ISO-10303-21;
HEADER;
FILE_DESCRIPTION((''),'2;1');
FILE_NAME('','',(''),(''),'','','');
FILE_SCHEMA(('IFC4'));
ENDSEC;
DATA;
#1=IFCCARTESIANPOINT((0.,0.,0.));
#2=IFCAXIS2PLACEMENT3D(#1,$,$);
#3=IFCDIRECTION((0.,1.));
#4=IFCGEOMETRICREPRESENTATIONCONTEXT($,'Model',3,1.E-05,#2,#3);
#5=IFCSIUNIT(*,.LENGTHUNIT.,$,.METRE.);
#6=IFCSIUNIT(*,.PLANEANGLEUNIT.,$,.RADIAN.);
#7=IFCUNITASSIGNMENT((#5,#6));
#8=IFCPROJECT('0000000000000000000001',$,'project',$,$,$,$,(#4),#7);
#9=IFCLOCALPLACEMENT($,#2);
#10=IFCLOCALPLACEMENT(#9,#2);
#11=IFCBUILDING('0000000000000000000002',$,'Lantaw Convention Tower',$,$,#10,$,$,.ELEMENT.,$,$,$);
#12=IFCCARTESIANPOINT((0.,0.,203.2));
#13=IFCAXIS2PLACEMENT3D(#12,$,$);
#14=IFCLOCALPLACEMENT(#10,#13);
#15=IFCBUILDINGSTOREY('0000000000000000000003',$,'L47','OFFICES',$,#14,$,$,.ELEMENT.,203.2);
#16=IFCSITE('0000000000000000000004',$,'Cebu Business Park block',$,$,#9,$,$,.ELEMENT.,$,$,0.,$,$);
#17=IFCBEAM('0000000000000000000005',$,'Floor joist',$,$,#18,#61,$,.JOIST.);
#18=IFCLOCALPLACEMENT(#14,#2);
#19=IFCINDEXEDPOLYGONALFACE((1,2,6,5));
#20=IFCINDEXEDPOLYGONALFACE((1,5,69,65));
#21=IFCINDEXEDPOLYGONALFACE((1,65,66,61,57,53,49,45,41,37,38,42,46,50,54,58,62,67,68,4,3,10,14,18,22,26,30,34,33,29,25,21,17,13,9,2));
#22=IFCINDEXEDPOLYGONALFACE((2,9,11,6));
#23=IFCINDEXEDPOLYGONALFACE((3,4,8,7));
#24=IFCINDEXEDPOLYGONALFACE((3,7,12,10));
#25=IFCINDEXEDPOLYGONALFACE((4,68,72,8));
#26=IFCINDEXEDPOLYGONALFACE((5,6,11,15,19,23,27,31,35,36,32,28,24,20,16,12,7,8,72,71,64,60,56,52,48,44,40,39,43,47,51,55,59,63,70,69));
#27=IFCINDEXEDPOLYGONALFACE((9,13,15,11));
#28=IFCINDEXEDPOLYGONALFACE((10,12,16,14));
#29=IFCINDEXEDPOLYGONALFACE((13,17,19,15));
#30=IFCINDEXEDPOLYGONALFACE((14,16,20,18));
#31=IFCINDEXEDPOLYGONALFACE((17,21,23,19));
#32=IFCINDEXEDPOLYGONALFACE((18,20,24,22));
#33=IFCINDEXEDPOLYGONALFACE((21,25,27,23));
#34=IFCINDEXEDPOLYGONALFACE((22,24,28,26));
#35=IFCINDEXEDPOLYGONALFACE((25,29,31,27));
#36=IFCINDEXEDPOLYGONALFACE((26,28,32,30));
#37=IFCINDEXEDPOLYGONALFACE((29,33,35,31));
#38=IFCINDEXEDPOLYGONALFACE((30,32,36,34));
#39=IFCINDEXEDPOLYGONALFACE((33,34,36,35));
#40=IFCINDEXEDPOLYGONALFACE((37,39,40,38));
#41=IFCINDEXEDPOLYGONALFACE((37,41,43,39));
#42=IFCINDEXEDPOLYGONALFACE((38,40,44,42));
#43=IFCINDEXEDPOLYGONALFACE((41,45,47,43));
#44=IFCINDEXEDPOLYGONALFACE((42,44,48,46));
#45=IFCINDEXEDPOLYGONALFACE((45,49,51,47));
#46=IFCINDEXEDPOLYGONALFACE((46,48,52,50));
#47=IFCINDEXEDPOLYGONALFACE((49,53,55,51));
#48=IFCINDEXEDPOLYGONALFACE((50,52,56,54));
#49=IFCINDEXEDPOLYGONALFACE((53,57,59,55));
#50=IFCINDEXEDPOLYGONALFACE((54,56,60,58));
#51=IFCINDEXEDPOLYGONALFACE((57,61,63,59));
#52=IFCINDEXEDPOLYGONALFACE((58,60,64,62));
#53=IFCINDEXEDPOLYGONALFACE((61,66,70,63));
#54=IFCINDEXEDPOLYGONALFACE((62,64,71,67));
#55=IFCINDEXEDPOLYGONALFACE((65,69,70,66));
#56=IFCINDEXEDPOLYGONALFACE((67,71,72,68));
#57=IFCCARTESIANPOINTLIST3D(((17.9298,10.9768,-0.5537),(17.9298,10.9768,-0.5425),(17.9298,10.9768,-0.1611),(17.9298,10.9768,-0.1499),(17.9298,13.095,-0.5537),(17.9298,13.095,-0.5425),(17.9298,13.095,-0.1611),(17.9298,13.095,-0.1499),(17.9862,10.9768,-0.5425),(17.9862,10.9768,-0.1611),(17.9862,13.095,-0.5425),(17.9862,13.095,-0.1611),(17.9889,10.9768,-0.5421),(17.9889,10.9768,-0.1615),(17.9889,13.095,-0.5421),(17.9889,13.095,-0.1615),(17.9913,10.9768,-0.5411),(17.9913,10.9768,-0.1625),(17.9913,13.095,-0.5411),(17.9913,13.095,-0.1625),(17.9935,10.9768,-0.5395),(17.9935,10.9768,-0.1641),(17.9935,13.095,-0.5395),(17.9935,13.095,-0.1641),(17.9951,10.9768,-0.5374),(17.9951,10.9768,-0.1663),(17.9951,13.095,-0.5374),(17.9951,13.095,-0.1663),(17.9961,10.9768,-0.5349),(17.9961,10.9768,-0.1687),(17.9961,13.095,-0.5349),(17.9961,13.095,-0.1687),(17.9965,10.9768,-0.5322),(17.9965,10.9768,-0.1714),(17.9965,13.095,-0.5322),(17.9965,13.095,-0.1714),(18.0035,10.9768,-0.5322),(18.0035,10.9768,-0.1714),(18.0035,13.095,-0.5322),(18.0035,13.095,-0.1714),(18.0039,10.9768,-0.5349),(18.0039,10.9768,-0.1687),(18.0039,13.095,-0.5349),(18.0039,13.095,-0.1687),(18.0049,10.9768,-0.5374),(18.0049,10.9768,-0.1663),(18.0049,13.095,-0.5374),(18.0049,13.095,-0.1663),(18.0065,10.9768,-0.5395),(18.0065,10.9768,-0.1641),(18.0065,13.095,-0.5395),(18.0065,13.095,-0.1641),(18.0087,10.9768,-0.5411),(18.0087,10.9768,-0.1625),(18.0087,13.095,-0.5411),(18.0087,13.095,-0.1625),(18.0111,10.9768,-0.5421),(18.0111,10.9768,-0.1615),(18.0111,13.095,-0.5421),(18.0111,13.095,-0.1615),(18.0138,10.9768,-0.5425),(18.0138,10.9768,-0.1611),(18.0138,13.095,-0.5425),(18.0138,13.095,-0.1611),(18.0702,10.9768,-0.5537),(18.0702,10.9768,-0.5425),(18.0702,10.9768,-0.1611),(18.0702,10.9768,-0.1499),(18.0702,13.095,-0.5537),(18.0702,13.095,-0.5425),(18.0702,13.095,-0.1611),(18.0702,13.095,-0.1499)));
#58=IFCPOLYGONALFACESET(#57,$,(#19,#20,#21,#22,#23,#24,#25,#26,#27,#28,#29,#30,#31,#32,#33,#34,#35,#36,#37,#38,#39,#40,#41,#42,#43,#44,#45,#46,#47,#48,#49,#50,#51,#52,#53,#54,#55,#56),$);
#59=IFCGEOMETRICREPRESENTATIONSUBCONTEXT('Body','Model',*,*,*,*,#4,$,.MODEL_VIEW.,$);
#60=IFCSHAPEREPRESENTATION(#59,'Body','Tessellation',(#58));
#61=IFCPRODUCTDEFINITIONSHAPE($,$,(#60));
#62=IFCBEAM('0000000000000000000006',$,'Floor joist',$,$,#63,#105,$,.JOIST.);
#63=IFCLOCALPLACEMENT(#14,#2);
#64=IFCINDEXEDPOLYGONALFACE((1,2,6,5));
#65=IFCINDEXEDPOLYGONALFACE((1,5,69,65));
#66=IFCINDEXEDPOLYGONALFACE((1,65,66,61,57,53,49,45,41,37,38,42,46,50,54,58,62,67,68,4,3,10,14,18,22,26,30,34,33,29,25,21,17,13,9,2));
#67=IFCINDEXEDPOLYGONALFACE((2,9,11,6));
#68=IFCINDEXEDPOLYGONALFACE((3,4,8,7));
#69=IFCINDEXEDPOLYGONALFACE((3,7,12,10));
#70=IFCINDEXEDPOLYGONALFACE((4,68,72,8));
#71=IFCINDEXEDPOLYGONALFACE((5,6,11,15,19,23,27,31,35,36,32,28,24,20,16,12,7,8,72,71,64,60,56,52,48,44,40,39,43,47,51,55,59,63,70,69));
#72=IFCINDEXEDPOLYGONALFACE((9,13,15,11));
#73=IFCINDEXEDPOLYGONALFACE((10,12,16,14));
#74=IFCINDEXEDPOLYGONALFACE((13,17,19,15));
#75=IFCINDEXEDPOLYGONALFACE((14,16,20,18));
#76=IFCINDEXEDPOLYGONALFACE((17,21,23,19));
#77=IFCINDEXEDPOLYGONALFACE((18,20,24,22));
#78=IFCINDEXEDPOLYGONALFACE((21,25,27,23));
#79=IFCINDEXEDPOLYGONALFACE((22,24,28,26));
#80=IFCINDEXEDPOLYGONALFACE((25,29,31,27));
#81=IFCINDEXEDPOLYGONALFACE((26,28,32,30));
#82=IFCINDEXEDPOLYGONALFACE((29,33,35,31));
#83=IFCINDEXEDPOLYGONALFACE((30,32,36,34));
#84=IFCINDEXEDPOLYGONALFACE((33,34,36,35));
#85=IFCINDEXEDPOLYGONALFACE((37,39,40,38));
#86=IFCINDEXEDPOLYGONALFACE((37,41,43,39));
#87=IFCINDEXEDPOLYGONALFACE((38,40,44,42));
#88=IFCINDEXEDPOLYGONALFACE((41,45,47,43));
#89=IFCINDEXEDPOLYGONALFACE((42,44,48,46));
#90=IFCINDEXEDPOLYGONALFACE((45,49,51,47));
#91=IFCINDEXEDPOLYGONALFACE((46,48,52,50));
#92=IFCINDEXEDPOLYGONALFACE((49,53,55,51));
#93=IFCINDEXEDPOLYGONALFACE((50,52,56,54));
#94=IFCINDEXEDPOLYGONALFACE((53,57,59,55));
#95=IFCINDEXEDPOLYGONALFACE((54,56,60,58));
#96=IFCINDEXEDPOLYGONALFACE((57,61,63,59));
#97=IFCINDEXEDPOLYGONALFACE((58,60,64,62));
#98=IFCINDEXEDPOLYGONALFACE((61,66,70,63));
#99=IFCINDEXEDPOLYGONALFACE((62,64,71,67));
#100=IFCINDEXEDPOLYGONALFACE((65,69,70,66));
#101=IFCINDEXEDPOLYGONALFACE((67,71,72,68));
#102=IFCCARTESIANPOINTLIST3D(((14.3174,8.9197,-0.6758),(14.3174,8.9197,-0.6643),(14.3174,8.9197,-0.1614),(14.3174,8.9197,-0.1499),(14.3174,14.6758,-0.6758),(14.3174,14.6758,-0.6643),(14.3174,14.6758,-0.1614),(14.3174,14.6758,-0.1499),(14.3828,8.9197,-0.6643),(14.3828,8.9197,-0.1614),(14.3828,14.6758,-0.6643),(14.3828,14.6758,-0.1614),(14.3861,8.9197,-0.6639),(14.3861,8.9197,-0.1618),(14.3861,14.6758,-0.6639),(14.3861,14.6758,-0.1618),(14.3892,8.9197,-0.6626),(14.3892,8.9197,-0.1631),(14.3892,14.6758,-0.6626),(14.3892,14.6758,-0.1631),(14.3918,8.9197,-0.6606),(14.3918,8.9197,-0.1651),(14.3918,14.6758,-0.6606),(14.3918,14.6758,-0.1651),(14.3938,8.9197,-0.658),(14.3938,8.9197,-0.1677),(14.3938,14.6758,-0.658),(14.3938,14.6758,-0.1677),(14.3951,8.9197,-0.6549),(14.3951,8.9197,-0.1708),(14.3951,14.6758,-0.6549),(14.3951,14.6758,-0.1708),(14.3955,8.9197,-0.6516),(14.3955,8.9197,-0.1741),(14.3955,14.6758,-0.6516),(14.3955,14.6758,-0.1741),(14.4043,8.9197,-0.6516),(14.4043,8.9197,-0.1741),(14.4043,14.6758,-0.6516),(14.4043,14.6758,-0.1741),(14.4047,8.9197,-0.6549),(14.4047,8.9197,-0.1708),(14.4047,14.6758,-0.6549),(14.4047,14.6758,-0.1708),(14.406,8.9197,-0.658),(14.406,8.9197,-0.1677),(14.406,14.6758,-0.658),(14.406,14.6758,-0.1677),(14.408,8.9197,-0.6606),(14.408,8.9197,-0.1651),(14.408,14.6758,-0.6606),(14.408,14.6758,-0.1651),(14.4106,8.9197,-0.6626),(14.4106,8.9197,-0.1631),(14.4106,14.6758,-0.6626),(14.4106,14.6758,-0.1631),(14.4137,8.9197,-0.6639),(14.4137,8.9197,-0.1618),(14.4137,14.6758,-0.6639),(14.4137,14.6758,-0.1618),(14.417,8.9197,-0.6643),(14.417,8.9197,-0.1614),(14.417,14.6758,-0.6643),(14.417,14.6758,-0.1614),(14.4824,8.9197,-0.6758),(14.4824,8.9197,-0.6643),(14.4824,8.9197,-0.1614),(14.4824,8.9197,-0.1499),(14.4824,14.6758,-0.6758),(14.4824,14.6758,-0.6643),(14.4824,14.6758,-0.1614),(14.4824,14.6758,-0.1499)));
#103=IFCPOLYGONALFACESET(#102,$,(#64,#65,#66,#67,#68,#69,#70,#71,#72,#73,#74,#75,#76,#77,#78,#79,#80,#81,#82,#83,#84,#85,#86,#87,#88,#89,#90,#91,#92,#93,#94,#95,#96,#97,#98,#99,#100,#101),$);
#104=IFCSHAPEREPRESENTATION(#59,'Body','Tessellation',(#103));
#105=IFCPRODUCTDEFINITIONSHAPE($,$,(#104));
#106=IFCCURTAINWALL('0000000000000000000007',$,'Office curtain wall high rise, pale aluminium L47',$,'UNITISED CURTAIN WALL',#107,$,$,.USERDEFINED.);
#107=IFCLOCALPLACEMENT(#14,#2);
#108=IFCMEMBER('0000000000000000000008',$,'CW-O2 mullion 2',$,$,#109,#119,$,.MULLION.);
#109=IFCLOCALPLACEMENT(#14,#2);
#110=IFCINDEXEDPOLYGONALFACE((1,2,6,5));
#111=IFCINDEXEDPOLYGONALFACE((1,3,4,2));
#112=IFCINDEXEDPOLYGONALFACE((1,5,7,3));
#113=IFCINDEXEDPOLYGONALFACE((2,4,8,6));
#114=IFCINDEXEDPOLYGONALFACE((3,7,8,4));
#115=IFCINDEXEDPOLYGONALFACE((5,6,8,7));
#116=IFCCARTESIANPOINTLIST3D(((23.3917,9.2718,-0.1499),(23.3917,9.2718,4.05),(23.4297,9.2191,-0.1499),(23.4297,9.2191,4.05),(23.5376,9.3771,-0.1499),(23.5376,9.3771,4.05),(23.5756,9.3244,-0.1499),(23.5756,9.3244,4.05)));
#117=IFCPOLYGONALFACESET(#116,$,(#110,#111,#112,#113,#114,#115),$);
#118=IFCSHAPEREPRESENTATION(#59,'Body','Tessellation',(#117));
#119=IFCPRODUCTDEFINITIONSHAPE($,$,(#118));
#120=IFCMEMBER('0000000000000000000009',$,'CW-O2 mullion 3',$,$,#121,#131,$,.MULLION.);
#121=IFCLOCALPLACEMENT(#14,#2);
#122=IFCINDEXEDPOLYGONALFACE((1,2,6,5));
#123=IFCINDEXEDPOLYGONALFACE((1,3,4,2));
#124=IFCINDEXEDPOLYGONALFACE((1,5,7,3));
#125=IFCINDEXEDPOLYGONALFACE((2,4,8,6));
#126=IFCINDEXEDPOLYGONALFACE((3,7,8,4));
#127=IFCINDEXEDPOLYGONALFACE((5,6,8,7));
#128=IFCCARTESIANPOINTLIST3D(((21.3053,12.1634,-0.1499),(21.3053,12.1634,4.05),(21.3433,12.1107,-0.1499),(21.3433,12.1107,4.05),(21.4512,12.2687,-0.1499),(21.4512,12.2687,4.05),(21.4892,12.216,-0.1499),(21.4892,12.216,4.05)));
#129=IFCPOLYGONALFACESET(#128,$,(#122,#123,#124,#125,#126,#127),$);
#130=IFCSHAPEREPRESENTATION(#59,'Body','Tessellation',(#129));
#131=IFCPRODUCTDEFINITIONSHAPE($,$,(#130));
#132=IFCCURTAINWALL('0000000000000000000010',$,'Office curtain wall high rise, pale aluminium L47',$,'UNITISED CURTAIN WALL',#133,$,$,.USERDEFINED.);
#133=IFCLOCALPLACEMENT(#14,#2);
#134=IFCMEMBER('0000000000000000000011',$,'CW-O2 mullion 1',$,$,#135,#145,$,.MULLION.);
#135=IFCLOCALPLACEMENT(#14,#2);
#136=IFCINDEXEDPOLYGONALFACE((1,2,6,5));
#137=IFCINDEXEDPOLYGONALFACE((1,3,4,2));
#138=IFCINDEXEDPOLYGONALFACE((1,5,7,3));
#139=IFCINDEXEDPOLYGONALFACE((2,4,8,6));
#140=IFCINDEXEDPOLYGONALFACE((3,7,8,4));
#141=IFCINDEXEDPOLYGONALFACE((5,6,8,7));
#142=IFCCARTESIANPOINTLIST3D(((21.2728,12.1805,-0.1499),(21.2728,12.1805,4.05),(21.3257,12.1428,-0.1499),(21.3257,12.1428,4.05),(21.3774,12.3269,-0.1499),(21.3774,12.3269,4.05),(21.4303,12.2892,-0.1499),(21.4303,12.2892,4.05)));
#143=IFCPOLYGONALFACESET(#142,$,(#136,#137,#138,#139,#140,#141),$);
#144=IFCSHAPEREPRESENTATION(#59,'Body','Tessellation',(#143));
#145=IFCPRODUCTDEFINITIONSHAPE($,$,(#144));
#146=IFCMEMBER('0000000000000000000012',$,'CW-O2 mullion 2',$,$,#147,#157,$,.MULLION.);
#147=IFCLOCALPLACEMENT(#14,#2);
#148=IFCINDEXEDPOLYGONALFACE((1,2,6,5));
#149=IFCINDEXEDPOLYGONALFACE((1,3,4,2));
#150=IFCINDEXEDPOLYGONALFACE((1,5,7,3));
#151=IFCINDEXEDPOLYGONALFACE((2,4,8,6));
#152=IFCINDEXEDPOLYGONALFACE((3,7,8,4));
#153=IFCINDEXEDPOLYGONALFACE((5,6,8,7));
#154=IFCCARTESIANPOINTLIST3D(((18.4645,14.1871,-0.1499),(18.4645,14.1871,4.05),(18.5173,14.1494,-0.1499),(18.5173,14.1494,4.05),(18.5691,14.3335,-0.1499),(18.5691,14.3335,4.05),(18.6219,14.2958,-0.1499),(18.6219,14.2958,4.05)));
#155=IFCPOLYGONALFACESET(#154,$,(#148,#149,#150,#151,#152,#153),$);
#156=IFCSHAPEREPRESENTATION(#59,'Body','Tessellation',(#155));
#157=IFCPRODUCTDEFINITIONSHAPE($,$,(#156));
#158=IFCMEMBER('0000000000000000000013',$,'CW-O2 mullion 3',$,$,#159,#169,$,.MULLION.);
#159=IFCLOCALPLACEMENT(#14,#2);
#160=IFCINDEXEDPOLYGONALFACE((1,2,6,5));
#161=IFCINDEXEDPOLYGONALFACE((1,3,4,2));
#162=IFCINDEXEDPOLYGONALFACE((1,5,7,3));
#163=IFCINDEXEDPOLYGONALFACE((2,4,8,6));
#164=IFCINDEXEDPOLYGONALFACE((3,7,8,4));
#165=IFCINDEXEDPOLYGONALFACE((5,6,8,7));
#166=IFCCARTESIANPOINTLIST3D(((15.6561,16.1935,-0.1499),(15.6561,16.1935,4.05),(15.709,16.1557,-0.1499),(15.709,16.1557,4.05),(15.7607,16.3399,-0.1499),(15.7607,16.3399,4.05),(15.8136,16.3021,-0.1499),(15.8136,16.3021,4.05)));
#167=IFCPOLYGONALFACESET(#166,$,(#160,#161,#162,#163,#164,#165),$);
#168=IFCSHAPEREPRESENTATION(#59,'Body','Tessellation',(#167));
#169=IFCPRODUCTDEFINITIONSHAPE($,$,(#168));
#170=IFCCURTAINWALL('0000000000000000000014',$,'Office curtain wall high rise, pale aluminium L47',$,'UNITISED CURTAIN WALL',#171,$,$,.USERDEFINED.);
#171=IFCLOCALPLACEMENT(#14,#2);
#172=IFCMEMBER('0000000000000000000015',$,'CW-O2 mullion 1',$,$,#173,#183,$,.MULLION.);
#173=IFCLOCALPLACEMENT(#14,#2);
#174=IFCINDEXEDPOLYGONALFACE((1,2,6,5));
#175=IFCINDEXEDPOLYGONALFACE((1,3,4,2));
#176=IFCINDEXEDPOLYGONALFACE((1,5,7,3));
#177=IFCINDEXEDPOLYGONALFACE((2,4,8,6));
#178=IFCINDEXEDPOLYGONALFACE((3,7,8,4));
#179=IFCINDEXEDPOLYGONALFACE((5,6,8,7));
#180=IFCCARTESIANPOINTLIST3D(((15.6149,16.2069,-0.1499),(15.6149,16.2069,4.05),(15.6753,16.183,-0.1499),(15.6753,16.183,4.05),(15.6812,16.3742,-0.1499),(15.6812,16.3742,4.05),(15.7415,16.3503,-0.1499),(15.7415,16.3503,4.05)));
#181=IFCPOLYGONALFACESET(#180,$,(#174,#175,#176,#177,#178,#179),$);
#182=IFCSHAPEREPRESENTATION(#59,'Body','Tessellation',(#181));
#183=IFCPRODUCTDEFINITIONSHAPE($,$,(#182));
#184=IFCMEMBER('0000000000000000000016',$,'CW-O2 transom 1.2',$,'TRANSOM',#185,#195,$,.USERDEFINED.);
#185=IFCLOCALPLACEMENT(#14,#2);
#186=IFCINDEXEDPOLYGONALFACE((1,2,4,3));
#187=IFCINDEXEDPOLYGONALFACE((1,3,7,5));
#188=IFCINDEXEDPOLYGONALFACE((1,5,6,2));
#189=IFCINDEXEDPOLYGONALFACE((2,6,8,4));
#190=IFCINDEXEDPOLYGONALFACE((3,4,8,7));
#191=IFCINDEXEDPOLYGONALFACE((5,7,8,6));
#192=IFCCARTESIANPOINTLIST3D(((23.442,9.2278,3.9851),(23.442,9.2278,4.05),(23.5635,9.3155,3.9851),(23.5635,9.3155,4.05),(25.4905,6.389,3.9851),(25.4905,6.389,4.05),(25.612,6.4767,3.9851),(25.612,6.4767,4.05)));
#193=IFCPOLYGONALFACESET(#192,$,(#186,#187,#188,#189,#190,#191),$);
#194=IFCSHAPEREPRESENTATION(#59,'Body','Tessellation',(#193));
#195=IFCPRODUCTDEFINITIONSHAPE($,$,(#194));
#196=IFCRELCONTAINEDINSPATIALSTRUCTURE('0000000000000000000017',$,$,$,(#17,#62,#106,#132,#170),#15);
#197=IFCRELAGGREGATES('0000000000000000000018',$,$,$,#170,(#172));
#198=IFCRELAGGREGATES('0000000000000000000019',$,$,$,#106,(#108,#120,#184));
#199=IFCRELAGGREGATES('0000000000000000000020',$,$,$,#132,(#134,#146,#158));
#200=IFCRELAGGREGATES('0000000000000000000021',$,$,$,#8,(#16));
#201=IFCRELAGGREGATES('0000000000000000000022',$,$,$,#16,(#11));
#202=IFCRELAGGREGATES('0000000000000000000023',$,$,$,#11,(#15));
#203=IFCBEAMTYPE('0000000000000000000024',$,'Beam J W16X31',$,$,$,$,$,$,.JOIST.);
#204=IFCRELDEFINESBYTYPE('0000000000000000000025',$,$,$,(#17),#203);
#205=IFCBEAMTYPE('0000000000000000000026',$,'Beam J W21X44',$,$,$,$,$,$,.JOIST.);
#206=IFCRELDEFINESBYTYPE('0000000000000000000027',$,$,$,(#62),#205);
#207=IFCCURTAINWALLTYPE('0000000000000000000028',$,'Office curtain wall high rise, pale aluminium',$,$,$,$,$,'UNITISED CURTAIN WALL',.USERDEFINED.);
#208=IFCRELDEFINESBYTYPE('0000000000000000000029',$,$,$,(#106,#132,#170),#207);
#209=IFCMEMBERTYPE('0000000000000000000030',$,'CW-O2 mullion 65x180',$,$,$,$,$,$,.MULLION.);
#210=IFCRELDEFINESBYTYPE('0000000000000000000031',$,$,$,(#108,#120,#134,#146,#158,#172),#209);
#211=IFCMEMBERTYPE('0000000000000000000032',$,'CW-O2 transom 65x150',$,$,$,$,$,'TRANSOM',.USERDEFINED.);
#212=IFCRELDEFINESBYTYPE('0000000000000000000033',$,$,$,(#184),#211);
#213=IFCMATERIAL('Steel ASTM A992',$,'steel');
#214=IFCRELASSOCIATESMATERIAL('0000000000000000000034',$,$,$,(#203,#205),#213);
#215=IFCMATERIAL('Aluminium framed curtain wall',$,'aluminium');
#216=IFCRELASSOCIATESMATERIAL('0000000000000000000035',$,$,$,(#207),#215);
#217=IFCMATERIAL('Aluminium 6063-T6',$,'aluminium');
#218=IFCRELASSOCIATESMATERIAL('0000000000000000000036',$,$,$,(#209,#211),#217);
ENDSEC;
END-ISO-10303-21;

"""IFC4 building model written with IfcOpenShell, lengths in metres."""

from ifc_helpers import new_model, si_unit, direction, frame, origin, origin_2d, place, context, subcontext, project, spatial, rectangle, i_section, extrude, material, material_profile, profile_set, type_object, element, aggregate, save


model = new_model("IFC4")

# Units and contexts
model_context = context("Model", 3, precision=1e-05, world=origin(), true_north=direction((0.0, 1.0)))
body_context = subcontext(model_context, "Body", "Model", "MODEL_VIEW")
ifc_project = project(units=[si_unit("LENGTHUNIT", "METRE"), si_unit("PLANEANGLEUNIT", "RADIAN")], contexts=[model_context])

# Site, building, storey
site_placement = place(None, origin())
site = spatial("IfcSite", under=ifc_project, at=site_placement, Name="Cebu Business Park block", CompositionType="ELEMENT", RefElevation=0.0)
building_placement = place(site_placement, origin())
building = spatial("IfcBuilding", under=site, at=building_placement, Name="Lantaw Convention Tower", CompositionType="ELEMENT")
storey_placement = place(building_placement, frame((0.0, 0.0, 203.2)))
storey = spatial("IfcBuildingStorey", under=building, at=storey_placement, Name="L47", Description="OFFICES", CompositionType="ELEMENT", Elevation=203.2)

# Beams
ifc_material_1 = material(Name="Steel ASTM A992", Category="steel")
ifc_material_profile_1 = material_profile(ifc_material_1, i_section(OverallWidth=0.1404, OverallDepth=0.4038, WebThickness=0.0071, FlangeThickness=0.0112, FilletRadius=0.0103, at=origin_2d()), Name="W16X31")
ifc_profile_set_1 = profile_set([ifc_material_profile_1], Name="Steel ASTM A992")
beam_type_1 = type_object("IfcBeamType", Name="Beam J W16X31", PredefinedType="JOIST", material=ifc_profile_set_1)
beam_1_placement = place(storey_placement, frame((18.0, 10.9768, -0.3518), z_axis=(0.0, 1.0, 0.0), x_axis=(-1.0, 0.0, 0.0)))
element("IfcBeam", 1, at=beam_1_placement, inside=storey, type_object=beam_type_1, Name="Floor joist", PredefinedType="JOIST", context=body_context, shape_type="SweptSolid", body=[
    extrude(i_section(OverallWidth=0.1404, OverallDepth=0.4038, WebThickness=0.0071, FlangeThickness=0.0112, FilletRadius=0.0103, at=origin_2d()), origin(), (0.0, 0.0, 1.0), 2.1182),
])
ifc_material_profile_2 = material_profile(ifc_material_1, i_section(OverallWidth=0.165, OverallDepth=0.5259, WebThickness=0.0088, FlangeThickness=0.0115, FilletRadius=0.0127, at=origin_2d()), Name="W21X44")
ifc_profile_set_2 = profile_set([ifc_material_profile_2], Name="Steel ASTM A992")
beam_type_2 = type_object("IfcBeamType", Name="Beam J W21X44", PredefinedType="JOIST", material=ifc_profile_set_2)
beam_2_placement = place(storey_placement, frame((14.3999, 8.9197, -0.4128), z_axis=(0.0, 1.0, 0.0), x_axis=(-1.0, 0.0, 0.0)))
element("IfcBeam", 2, at=beam_2_placement, inside=storey, type_object=beam_type_2, Name="Floor joist", PredefinedType="JOIST", context=body_context, shape_type="SweptSolid", body=[
    extrude(i_section(OverallWidth=0.165, OverallDepth=0.5259, WebThickness=0.0088, FlangeThickness=0.0115, FilletRadius=0.0127, at=origin_2d()), origin(), (0.0, 0.0, 1.0), 5.7561),
])

# Curtain walls, members
ifc_material_2 = material(Name="Aluminium framed curtain wall", Category="aluminium")
curtain_wall_type = type_object("IfcCurtainWallType", Name="Office curtain wall high rise, pale aluminium", ElementType="UNITISED CURTAIN WALL", PredefinedType="USERDEFINED", material=ifc_material_2)
curtain_wall_1_placement = place(storey_placement, origin())
curtain_wall_1 = element("IfcCurtainWall", 3, at=curtain_wall_1_placement, inside=storey, type_object=curtain_wall_type, Name="Office curtain wall high rise, pale aluminium L47", ObjectType="UNITISED CURTAIN WALL", PredefinedType="USERDEFINED")
ifc_material_3 = material(Name="Aluminium 6063-T6", Category="aluminium")
ifc_material_profile_3 = material_profile(ifc_material_3, rectangle(XDim=0.1799, YDim=0.0649, at=origin_2d()), Name="CW-O2 mullion 65x180")
ifc_profile_set_3 = profile_set([ifc_material_profile_3], Name="Aluminium 6063-T6")
member_type_1 = type_object("IfcMemberType", Name="CW-O2 mullion 65x180", PredefinedType="MULLION", material=ifc_profile_set_3)
member_1_placement = place(storey_placement, frame((23.4836, 9.2981, -0.1499), z_axis=(0.0, 0.0, 1.0), x_axis=(-0.81092, -0.585158, 0.0)))
member_1 = element("IfcMember", 4, at=member_1_placement, type_object=member_type_1, Name="CW-O2 mullion 2", PredefinedType="MULLION", context=body_context, shape_type="SweptSolid", body=[
    extrude(rectangle(XDim=0.1799, YDim=0.0649, at=origin_2d()), origin(), (0.0, 0.0, 1.0), 4.2),
])
member_2_placement = place(storey_placement, frame((21.3972, 12.1897, -0.1499), z_axis=(0.0, 0.0, 1.0), x_axis=(-0.81092, -0.585158, 0.0)))
member_2 = element("IfcMember", 5, at=member_2_placement, type_object=member_type_1, Name="CW-O2 mullion 3", PredefinedType="MULLION", context=body_context, shape_type="SweptSolid", body=[
    extrude(rectangle(XDim=0.1799, YDim=0.0649, at=origin_2d()), origin(), (0.0, 0.0, 1.0), 4.2),
])
curtain_wall_2_placement = place(storey_placement, origin())
curtain_wall_2 = element("IfcCurtainWall", 6, at=curtain_wall_2_placement, inside=storey, type_object=curtain_wall_type, Name="Office curtain wall high rise, pale aluminium L47", ObjectType="UNITISED CURTAIN WALL", PredefinedType="USERDEFINED")
member_3_placement = place(storey_placement, frame((21.3516, 12.2349, -0.1499), z_axis=(0.0, 0.0, 1.0), x_axis=(-0.581323, -0.813673, 0.0)))
member_3 = element("IfcMember", 7, at=member_3_placement, type_object=member_type_1, Name="CW-O2 mullion 1", PredefinedType="MULLION", context=body_context, shape_type="SweptSolid", body=[
    extrude(rectangle(XDim=0.1799, YDim=0.0649, at=origin_2d()), origin(), (0.0, 0.0, 1.0), 4.2),
])
member_4_placement = place(storey_placement, frame((18.5432, 14.2415, -0.1499), z_axis=(0.0, 0.0, 1.0), x_axis=(-0.581323, -0.813673, 0.0)))
member_4 = element("IfcMember", 8, at=member_4_placement, type_object=member_type_1, Name="CW-O2 mullion 2", PredefinedType="MULLION", context=body_context, shape_type="SweptSolid", body=[
    extrude(rectangle(XDim=0.1799, YDim=0.0649, at=origin_2d()), origin(), (0.0, 0.0, 1.0), 4.2),
])
member_5_placement = place(storey_placement, frame((15.7349, 16.2478, -0.1499), z_axis=(0.0, 0.0, 1.0), x_axis=(-0.581323, -0.813673, 0.0)))
member_5 = element("IfcMember", 9, at=member_5_placement, type_object=member_type_1, Name="CW-O2 mullion 3", PredefinedType="MULLION", context=body_context, shape_type="SweptSolid", body=[
    extrude(rectangle(XDim=0.1799, YDim=0.0649, at=origin_2d()), origin(), (0.0, 0.0, 1.0), 4.2),
])

# Curtain wall, member
curtain_wall_3_placement = place(storey_placement, origin())
curtain_wall_3 = element("IfcCurtainWall", 10, at=curtain_wall_3_placement, inside=storey, type_object=curtain_wall_type, Name="Office curtain wall high rise, pale aluminium L47", ObjectType="UNITISED CURTAIN WALL", PredefinedType="USERDEFINED")
member_6_placement = place(storey_placement, frame((15.6782, 16.2786, -0.1499), z_axis=(0.0, 0.0, 1.0), x_axis=(-0.368162, -0.929762, 0.0)))
member_6 = element("IfcMember", 11, at=member_6_placement, type_object=member_type_1, Name="CW-O2 mullion 1", PredefinedType="MULLION", context=body_context, shape_type="SweptSolid", body=[
    extrude(rectangle(XDim=0.1799, YDim=0.0649, at=origin_2d()), origin(), (0.0, 0.0, 1.0), 4.2),
])

# Member
ifc_material_profile_4 = material_profile(ifc_material_3, rectangle(XDim=0.1499, YDim=0.0649, at=origin_2d()), Name="CW-O2 transom 65x150")
ifc_profile_set_4 = profile_set([ifc_material_profile_4], Name="Aluminium 6063-T6")
member_type_2 = type_object("IfcMemberType", Name="CW-O2 transom 65x150", ElementType="TRANSOM", PredefinedType="USERDEFINED", material=ifc_profile_set_4)
member_7_placement = place(storey_placement, frame((25.5513, 6.4329, 4.0176), z_axis=(-0.58517, 0.810911, 0.0), x_axis=(-0.810911, -0.58517, 0.0)))
member_7 = element("IfcMember", 12, at=member_7_placement, type_object=member_type_2, Name="CW-O2 transom 1.2", ObjectType="TRANSOM", PredefinedType="USERDEFINED", context=body_context, shape_type="SweptSolid", body=[
    extrude(rectangle(XDim=0.1499, YDim=0.0649, at=origin_2d()), origin(), (0.0, 0.0, 1.0), 3.5007),
])
aggregate(curtain_wall_3, [member_6])

aggregate(curtain_wall_1, [member_1, member_2, member_7])
aggregate(curtain_wall_2, [member_3, member_4, member_5])

save(model, "model.ifc")
